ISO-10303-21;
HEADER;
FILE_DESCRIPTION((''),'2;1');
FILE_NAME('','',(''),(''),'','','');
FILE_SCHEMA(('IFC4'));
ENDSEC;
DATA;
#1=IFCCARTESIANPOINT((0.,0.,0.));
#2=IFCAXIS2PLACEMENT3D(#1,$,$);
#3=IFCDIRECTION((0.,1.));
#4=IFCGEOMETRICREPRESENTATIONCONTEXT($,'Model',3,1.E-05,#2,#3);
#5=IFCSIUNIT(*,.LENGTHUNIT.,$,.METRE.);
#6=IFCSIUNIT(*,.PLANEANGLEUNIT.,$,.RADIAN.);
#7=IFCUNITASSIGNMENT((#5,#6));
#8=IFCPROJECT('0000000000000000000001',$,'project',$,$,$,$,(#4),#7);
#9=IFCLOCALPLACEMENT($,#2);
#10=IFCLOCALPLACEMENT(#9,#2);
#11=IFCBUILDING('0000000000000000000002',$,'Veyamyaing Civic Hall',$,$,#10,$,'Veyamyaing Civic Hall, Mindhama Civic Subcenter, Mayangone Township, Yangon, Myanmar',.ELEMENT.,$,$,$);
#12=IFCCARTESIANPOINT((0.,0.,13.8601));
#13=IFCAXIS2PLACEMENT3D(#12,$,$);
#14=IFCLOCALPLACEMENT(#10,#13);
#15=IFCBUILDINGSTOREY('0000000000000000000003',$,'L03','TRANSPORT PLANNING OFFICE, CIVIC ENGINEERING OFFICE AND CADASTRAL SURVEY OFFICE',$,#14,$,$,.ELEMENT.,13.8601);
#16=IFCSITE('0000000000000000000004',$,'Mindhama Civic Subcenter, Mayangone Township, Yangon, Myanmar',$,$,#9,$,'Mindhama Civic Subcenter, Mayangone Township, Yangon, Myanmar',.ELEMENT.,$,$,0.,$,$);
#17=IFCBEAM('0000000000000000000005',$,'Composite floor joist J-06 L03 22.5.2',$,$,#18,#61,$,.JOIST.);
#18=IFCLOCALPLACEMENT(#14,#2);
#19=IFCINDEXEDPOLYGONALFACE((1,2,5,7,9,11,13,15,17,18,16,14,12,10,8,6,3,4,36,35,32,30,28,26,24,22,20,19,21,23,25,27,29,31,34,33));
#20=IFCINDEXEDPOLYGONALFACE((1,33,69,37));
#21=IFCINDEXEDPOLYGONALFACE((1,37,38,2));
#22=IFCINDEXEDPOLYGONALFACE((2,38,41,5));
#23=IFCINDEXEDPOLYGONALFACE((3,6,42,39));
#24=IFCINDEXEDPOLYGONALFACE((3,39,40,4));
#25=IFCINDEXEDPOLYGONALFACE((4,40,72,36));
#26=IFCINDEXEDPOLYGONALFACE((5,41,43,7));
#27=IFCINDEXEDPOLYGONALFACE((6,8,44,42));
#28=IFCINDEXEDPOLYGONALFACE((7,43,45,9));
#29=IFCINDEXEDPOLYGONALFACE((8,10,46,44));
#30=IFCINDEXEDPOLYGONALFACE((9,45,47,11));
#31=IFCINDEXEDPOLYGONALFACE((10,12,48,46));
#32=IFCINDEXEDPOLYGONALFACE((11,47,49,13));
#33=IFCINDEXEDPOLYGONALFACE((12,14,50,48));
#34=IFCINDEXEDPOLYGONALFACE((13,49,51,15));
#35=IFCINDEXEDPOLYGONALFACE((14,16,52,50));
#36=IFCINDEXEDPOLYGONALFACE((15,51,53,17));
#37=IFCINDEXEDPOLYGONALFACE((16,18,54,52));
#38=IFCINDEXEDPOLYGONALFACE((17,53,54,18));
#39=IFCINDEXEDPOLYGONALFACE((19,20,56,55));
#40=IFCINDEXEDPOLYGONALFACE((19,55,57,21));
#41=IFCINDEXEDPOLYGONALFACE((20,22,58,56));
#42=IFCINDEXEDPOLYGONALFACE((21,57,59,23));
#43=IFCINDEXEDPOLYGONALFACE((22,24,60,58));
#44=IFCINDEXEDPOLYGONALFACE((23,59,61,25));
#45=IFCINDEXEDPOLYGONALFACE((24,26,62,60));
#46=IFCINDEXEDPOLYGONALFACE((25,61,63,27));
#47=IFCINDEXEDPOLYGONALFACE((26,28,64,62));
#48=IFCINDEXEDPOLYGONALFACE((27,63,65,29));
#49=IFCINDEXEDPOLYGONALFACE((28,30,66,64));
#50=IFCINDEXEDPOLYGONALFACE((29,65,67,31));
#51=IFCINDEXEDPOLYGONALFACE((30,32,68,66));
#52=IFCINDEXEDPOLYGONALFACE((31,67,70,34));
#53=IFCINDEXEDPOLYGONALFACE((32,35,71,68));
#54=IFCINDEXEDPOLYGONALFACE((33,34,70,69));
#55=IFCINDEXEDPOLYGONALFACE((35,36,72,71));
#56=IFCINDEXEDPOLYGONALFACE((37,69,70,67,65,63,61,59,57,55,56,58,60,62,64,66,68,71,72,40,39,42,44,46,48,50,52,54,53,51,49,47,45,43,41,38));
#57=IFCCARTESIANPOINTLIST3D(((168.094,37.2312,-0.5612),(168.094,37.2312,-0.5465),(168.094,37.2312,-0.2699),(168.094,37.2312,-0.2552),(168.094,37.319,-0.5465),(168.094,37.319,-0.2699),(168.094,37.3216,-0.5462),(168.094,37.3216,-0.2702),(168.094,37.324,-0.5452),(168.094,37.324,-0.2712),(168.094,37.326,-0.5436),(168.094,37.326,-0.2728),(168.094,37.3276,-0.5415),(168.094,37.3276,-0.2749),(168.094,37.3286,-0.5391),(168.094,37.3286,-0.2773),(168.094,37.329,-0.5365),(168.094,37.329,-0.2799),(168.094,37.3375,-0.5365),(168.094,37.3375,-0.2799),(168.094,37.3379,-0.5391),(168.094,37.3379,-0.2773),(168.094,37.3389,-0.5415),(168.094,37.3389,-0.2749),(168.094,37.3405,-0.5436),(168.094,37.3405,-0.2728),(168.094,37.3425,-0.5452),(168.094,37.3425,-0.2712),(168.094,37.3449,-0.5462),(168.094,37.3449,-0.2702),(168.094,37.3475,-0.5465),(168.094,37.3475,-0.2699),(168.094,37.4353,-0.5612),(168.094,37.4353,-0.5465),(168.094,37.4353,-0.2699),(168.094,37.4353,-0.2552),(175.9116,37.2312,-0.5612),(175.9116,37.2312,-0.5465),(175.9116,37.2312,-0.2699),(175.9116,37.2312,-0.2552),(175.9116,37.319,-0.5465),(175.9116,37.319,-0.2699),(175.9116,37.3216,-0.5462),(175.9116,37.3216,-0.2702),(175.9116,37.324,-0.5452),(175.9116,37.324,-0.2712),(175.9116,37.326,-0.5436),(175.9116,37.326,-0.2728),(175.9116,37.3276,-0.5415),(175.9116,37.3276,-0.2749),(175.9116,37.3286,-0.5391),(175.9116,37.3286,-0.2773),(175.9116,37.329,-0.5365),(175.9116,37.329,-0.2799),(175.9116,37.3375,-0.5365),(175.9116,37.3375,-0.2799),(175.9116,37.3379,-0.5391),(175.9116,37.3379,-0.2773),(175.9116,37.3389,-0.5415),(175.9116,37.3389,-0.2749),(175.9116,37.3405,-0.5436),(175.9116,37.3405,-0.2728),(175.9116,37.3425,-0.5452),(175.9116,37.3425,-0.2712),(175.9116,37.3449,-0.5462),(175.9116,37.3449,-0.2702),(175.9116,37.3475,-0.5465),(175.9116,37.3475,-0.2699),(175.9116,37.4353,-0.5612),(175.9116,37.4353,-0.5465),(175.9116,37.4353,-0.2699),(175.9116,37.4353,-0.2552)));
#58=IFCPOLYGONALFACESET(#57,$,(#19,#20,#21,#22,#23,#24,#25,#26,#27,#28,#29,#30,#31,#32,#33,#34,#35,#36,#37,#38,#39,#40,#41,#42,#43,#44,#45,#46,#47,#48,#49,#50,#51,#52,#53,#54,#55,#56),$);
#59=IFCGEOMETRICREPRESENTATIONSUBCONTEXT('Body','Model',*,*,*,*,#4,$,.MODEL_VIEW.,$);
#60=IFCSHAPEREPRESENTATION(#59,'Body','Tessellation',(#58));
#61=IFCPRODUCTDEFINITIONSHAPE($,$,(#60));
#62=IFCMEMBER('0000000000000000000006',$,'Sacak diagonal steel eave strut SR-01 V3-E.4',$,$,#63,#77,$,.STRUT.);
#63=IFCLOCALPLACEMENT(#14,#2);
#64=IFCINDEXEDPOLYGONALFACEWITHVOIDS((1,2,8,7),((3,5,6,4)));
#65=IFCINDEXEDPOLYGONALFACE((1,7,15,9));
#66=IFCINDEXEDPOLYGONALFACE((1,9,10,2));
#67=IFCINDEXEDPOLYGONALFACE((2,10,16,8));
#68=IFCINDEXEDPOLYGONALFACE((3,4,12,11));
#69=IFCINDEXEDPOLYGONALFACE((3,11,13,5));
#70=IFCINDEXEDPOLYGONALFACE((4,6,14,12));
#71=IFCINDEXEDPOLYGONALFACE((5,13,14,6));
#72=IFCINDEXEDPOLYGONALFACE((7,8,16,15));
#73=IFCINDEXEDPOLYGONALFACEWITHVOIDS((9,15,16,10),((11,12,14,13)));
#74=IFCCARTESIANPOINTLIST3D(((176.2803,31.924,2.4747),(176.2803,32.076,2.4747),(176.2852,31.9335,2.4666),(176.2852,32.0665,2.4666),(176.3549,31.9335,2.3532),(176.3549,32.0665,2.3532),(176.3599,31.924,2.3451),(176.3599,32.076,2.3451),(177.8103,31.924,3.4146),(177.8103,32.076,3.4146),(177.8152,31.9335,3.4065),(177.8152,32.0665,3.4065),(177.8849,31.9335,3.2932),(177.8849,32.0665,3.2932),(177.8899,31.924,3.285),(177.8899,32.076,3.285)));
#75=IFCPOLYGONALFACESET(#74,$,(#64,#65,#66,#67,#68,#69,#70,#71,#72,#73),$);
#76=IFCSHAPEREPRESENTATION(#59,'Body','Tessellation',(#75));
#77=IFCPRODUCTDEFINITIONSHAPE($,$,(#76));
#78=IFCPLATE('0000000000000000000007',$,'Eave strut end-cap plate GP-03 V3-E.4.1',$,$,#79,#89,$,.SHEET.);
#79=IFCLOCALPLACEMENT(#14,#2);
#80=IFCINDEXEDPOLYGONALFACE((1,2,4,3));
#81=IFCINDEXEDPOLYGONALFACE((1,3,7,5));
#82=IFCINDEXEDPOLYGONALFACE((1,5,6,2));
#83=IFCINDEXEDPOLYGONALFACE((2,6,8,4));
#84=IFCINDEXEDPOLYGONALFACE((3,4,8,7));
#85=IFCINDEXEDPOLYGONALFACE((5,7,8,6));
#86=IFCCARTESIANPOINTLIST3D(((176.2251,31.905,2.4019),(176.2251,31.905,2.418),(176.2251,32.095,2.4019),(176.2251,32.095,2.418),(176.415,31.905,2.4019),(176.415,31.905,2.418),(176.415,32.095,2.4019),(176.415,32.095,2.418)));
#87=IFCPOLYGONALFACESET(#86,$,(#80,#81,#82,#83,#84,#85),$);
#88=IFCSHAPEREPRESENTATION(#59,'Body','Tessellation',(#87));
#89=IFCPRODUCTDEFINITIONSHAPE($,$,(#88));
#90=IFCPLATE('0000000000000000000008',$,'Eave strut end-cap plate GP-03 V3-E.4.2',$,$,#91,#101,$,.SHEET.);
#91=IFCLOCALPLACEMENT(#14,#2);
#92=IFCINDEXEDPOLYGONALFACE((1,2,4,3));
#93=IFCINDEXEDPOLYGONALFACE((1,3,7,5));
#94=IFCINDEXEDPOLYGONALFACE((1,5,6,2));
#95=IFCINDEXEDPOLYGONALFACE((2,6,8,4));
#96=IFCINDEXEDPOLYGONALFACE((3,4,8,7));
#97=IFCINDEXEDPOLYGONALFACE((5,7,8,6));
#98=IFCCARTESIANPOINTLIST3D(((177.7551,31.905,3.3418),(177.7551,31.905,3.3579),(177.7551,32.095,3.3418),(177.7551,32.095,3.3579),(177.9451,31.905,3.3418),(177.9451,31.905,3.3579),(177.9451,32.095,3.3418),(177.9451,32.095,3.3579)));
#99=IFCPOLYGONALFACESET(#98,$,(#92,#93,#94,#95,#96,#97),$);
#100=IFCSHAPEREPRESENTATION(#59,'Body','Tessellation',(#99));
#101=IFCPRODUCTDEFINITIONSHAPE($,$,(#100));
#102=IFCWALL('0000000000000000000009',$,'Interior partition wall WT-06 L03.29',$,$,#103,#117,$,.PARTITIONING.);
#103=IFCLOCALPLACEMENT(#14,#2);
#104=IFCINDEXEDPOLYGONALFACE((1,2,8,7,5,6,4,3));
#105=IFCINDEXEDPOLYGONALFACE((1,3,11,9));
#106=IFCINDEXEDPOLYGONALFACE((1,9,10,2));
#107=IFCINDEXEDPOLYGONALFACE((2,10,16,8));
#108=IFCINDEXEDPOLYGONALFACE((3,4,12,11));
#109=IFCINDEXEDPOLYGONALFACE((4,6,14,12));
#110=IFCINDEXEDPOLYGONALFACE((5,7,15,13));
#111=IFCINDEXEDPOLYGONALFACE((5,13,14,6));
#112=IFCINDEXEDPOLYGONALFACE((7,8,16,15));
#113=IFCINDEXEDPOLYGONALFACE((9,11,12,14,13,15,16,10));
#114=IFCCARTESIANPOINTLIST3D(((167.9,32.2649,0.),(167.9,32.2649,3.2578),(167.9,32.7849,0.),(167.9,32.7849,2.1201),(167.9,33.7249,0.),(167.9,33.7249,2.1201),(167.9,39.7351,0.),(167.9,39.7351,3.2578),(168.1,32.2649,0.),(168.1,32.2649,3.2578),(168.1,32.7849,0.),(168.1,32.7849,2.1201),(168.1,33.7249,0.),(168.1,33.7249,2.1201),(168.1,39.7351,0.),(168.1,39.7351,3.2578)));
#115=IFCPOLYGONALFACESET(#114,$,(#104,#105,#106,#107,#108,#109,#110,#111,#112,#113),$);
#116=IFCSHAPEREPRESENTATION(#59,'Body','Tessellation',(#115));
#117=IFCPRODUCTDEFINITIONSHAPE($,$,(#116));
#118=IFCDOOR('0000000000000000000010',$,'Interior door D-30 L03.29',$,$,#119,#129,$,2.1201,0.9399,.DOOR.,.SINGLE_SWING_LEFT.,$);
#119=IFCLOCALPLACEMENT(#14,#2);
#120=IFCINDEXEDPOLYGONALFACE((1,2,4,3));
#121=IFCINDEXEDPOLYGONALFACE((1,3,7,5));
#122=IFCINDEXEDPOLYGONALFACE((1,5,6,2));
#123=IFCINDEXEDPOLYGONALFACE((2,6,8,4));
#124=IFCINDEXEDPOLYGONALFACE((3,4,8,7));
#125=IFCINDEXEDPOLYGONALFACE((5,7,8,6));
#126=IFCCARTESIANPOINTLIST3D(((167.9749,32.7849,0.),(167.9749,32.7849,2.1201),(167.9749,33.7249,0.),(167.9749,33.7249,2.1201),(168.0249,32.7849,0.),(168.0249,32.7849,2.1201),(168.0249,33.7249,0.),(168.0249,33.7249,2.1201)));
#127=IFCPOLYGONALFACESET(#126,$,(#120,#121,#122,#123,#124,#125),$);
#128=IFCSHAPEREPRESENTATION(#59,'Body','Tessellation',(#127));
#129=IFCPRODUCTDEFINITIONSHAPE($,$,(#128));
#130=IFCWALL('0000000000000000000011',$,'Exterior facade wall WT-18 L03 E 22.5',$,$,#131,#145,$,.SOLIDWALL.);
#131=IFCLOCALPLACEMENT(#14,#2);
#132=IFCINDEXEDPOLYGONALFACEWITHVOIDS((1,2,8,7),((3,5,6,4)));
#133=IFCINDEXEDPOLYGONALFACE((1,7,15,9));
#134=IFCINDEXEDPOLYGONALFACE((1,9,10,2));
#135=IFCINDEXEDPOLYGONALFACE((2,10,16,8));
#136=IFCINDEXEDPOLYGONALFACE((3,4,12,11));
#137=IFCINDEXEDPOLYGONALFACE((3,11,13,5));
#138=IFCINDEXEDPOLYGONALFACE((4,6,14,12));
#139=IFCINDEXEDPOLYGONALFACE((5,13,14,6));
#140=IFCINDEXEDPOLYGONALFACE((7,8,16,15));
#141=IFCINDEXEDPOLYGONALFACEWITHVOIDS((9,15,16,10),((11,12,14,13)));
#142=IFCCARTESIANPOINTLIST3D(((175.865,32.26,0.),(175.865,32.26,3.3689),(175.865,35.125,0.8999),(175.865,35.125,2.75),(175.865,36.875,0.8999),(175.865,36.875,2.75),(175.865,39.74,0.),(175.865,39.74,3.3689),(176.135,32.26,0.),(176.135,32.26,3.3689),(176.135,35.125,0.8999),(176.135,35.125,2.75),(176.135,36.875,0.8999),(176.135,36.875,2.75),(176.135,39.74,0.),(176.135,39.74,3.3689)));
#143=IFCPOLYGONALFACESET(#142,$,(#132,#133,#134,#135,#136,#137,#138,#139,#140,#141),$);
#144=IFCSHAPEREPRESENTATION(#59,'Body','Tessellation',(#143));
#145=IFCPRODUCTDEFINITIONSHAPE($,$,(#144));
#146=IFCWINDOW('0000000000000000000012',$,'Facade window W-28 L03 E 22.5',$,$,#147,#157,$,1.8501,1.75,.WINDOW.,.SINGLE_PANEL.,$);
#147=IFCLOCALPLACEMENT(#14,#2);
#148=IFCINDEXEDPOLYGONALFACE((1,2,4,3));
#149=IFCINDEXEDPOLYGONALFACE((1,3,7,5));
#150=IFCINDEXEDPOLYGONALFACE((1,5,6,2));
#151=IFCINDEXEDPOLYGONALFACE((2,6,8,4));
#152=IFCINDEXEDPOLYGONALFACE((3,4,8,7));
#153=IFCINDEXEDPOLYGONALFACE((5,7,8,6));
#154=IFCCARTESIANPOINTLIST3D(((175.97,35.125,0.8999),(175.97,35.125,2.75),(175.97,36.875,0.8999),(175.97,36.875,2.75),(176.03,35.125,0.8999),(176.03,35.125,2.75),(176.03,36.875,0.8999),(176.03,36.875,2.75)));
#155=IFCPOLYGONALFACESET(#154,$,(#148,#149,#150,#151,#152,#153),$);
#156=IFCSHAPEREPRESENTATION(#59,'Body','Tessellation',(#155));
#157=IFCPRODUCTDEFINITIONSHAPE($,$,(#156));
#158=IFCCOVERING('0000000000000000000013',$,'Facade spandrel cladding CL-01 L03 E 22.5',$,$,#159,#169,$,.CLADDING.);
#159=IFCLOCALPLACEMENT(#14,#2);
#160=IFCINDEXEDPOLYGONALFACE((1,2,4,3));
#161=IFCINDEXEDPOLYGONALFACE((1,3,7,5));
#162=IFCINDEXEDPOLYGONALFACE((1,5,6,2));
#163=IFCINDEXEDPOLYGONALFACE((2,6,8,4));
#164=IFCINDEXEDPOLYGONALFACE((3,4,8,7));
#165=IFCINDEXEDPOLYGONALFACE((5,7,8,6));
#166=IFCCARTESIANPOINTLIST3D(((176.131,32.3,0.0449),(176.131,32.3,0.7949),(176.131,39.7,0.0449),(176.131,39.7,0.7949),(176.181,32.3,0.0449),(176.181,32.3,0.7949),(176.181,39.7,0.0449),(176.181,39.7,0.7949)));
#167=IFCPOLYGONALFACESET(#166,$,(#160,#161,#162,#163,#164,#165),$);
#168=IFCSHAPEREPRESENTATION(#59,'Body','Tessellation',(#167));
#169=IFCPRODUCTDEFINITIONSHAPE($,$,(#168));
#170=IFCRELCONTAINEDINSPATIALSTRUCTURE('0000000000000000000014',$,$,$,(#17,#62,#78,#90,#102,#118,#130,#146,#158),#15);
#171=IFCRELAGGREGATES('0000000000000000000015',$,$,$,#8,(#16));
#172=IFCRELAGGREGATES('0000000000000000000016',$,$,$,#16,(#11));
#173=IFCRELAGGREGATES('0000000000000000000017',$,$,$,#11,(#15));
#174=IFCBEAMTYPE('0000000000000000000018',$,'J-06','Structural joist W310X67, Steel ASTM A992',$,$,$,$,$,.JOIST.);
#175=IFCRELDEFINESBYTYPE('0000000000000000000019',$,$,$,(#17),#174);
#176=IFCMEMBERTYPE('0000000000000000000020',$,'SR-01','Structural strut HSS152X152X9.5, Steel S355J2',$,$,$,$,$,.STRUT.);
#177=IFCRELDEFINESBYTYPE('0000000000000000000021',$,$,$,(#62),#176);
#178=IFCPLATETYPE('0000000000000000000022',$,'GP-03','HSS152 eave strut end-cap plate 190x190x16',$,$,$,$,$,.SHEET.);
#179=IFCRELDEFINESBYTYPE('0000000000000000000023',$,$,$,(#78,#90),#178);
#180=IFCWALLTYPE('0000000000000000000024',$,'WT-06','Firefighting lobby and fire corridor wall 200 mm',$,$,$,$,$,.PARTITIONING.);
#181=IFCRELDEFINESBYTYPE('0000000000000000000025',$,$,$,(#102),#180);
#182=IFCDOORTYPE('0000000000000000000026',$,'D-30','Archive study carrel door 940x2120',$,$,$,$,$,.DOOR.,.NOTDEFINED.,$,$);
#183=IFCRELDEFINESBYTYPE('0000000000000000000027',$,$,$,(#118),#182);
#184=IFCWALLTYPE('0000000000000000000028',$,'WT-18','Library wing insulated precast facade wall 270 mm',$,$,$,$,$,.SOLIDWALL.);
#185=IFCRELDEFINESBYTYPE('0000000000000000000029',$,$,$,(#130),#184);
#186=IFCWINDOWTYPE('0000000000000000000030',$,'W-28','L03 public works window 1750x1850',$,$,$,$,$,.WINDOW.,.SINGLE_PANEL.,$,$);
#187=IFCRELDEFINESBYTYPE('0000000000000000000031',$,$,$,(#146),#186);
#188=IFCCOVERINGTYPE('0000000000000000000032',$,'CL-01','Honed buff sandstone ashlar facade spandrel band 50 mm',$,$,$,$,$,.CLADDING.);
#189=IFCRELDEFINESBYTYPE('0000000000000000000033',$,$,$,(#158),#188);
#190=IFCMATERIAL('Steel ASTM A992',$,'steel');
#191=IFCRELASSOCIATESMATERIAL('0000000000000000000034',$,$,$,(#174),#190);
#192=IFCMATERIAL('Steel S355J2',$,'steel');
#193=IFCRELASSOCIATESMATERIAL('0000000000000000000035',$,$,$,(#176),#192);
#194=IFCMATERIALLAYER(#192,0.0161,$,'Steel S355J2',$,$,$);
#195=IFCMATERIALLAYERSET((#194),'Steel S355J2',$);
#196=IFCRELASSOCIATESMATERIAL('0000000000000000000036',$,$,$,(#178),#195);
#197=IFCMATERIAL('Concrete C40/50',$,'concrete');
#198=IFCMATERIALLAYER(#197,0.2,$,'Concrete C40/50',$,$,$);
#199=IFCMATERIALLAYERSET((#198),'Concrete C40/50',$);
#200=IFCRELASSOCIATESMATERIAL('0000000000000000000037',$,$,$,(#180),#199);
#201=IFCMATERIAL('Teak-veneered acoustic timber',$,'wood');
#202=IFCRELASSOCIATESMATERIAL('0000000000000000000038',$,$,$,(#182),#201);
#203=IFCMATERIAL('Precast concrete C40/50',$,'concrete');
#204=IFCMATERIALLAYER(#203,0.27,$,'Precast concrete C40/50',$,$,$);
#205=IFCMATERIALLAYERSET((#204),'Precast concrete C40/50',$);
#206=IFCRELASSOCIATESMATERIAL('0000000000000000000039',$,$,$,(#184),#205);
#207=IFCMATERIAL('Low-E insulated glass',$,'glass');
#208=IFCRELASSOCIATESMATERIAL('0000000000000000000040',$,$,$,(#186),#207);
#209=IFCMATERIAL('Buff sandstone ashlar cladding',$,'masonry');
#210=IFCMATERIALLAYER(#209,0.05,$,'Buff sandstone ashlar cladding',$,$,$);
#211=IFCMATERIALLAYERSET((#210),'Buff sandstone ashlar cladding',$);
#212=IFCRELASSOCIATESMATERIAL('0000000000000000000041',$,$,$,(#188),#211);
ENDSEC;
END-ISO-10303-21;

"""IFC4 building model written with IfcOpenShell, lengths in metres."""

from ifc_helpers import new_model, si_unit, direction, frame, frame_2d, origin, origin_2d, place, context, subcontext, project, spatial, rectangle, hollow_rectangle, i_section, extrude, material, layer, layer_set, material_profile, profile_set, type_object, element, fill, save


model = new_model("IFC4")

# Units and contexts
model_context = context("Model", 3, precision=1e-05, world=origin(), true_north=direction((0.0, 1.0)))
body_context = subcontext(model_context, "Body", "Model", "MODEL_VIEW")
ifc_project = project(units=[si_unit("LENGTHUNIT", "METRE"), si_unit("PLANEANGLEUNIT", "RADIAN")], contexts=[model_context])

# Site, building, storey
site_placement = place(None, origin())
site = spatial("IfcSite", under=ifc_project, at=site_placement, Name="Mindhama Civic Subcenter, Mayangone Township, Yangon, Myanmar", LongName="Mindhama Civic Subcenter, Mayangone Township, Yangon, Myanmar", CompositionType="ELEMENT", RefElevation=0.0)
building_placement = place(site_placement, origin())
building = spatial("IfcBuilding", under=site, at=building_placement, Name="Veyamyaing Civic Hall", LongName="Veyamyaing Civic Hall, Mindhama Civic Subcenter, Mayangone Township, Yangon, Myanmar", CompositionType="ELEMENT")
storey_placement = place(building_placement, frame((0.0, 0.0, 13.8601)))
storey = spatial("IfcBuildingStorey", under=building, at=storey_placement, Name="L03", Description="TRANSPORT PLANNING OFFICE, CIVIC ENGINEERING OFFICE AND CADASTRAL SURVEY OFFICE", CompositionType="ELEMENT", Elevation=13.8601)

# Beam
ifc_material_1 = material(Name="Steel ASTM A992", Category="steel")
ifc_material_profile_1 = material_profile(ifc_material_1, i_section(OverallWidth=0.2041, OverallDepth=0.3059, WebThickness=0.0085, FlangeThickness=0.0146, FilletRadius=0.01, at=origin_2d()), Name="W310X67")
ifc_profile_set_1 = profile_set([ifc_material_profile_1], Name="Steel ASTM A992")
beam_type_1 = type_object("IfcBeamType", Name="J-06", Description="Structural joist W310X67, Steel ASTM A992", PredefinedType="JOIST", material=ifc_profile_set_1)
for number, where, z_axis, x_axis, name in (
    (1, (168.094, 37.3333, -0.4082), (1.0, 0.0, 0.0), (0.0, 1.0, 0.0), "Composite floor joist J-06 L03 22.5.2"),
):
    element("IfcBeam", number, at=place(storey_placement, frame(where, z_axis=z_axis, x_axis=x_axis)), inside=storey, type_object=beam_type_1, Name=name, PredefinedType="JOIST", context=body_context, shape_type="SweptSolid", body=[
        extrude(i_section(OverallWidth=0.2041, OverallDepth=0.3059, WebThickness=0.0085, FlangeThickness=0.0146, FilletRadius=0.01, at=origin_2d()), origin(), (0.0, 0.0, 1.0), 7.8176),
    ])

# Member
ifc_material_2 = material(Name="Steel S355J2", Category="steel")
ifc_material_profile_2 = material_profile(ifc_material_2, hollow_rectangle(XDim=0.1521, YDim=0.1521, WallThickness=0.0095, at=origin_2d()), Name="HSS152X152X9.5")
ifc_profile_set_2 = profile_set([ifc_material_profile_2], Name="Steel S355J2")
member_type = type_object("IfcMemberType", Name="SR-01", Description="Structural strut HSS152X152X9.5, Steel S355J2", PredefinedType="STRUT", material=ifc_profile_set_2)
member_placement = place(storey_placement, frame((176.3201, 32.0, 2.4099), z_axis=(0.85206, 0.0, 0.523445), x_axis=(0.0, 1.0, 0.0)))
element("IfcMember", 2, at=member_placement, inside=storey, type_object=member_type, Name="Sacak diagonal steel eave strut SR-01 V3-E.4", PredefinedType="STRUT", context=body_context, shape_type="SweptSolid", body=[
    extrude(hollow_rectangle(XDim=0.1521, YDim=0.1521, WallThickness=0.0095, at=origin_2d()), origin(), (0.0, 0.0, 1.0), 1.7957),
])

# Plates
ifc_layer_1 = layer(ifc_material_2, 0.0161, Name="Steel S355J2")
ifc_layer_set_1 = layer_set([ifc_layer_1], Name="Steel S355J2")
plate_type = type_object("IfcPlateType", Name="GP-03", Description="HSS152 eave strut end-cap plate 190x190x16", PredefinedType="SHEET", material=ifc_layer_set_1)
for number, where, z_axis, x_axis, name in (
    (3, (176.3201, 32.0, 2.4019), (0.0, 0.0, 1.0), (1.0, 0.0, 0.0), "Eave strut end-cap plate GP-03 V3-E.4.1"),
    (4, (177.8501, 32.0, 3.3418), (0.0, 0.0, 1.0), (1.0, 0.0, 0.0), "Eave strut end-cap plate GP-03 V3-E.4.2"),
):
    element("IfcPlate", number, at=place(storey_placement, frame(where, z_axis=z_axis, x_axis=x_axis)), inside=storey, type_object=plate_type, Name=name, PredefinedType="SHEET", context=body_context, shape_type="SweptSolid", body=[
        extrude(rectangle(XDim=0.1899, YDim=0.1899, at=origin_2d()), origin(), (0.0, 0.0, 1.0), 0.0161),
    ])

# Wall, opening, door
ifc_material_3 = material(Name="Concrete C40/50", Category="concrete")
ifc_layer_2 = layer(ifc_material_3, 0.2, Name="Concrete C40/50")
ifc_layer_set_2 = layer_set([ifc_layer_2], Name="Concrete C40/50")
wall_type_1 = type_object("IfcWallType", Name="WT-06", Description="Firefighting lobby and fire corridor wall 200 mm", PredefinedType="PARTITIONING", material=ifc_layer_set_2)
wall_1_placement = place(storey_placement, frame((168.0, 32.2649, 0.0), z_axis=(0.0, 0.0, 1.0), x_axis=(0.0, 1.0, 0.0)))
wall_1 = element("IfcWall", 5, at=wall_1_placement, inside=storey, type_object=wall_type_1, Name="Interior partition wall WT-06 L03.29", PredefinedType="PARTITIONING", context=body_context, shape_type="SweptSolid", body=[
    extrude(rectangle(XDim=7.4702, YDim=0.2, at=frame_2d((3.7351, 0.0))), origin(), (0.0, 0.0, 1.0), 3.2578),
])
opening_1_placement = place(wall_1_placement, frame((0.52, 0.0, 0.0)))
opening_1 = element("IfcOpeningElement", 6, at=opening_1_placement, cuts=wall_1, PredefinedType="OPENING", context=body_context, shape_type="SweptSolid", body=[
    extrude(rectangle(XDim=0.9399, YDim=2.1201, at=frame_2d((0.47, 1.0601))), frame((0.0, 0.1099, 0.0), z_axis=(0.0, -1.0, 0.0), x_axis=(1.0, 0.0, 0.0)), (0.0, 0.0, 1.0), 0.22),
])
ifc_material_4 = material(Name="Teak-veneered acoustic timber", Category="wood")
door_type = type_object("IfcDoorType", Name="D-30", Description="Archive study carrel door 940x2120", OperationType="NOTDEFINED", PredefinedType="DOOR", material=ifc_material_4)
door_placement = place(opening_1_placement, frame((0.9399, 0.0, 0.0), z_axis=(0.0, 0.0, 1.0), x_axis=(-1.0, 0.0, 0.0)))
door = element("IfcDoor", 7, at=door_placement, inside=storey, type_object=door_type, Name="Interior door D-30 L03.29", OperationType="SINGLE_SWING_LEFT", OverallHeight=2.1201, OverallWidth=0.9399, PredefinedType="DOOR", context=body_context, shape_type="SweptSolid", body=[
    extrude(rectangle(XDim=0.9399, YDim=2.1201, at=frame_2d((0.47, 1.0601))), frame((0.0, 0.0249, 0.0), z_axis=(0.0, -1.0, 0.0), x_axis=(1.0, 0.0, 0.0)), (0.0, 0.0, 1.0), 0.05),
])
fill(opening_1, door)

# Wall, opening, window
ifc_material_5 = material(Name="Precast concrete C40/50", Category="concrete")
ifc_layer_3 = layer(ifc_material_5, 0.27, Name="Precast concrete C40/50")
ifc_layer_set_3 = layer_set([ifc_layer_3], Name="Precast concrete C40/50")
wall_type_2 = type_object("IfcWallType", Name="WT-18", Description="Library wing insulated precast facade wall 270 mm", PredefinedType="SOLIDWALL", material=ifc_layer_set_3)
wall_2_placement = place(storey_placement, frame((176.0, 32.26, 0.0), z_axis=(0.0, 0.0, 1.0), x_axis=(0.0, 1.0, 0.0)))
wall_2 = element("IfcWall", 8, at=wall_2_placement, inside=storey, type_object=wall_type_2, Name="Exterior facade wall WT-18 L03 E 22.5", PredefinedType="SOLIDWALL", context=body_context, shape_type="SweptSolid", body=[
    extrude(rectangle(XDim=7.48, YDim=0.27, at=frame_2d((3.74, 0.0))), origin(), (0.0, 0.0, 1.0), 3.3689),
])
opening_2_placement = place(wall_2_placement, frame((2.865, 0.0, 0.8999)))
opening_2 = element("IfcOpeningElement", 9, at=opening_2_placement, cuts=wall_2, PredefinedType="OPENING", context=body_context, shape_type="SweptSolid", body=[
    extrude(rectangle(XDim=1.75, YDim=1.8501, at=frame_2d((0.875, 0.925))), frame((0.0, 0.145, 0.0), z_axis=(0.0, -1.0, 0.0), x_axis=(1.0, 0.0, 0.0)), (0.0, 0.0, 1.0), 0.29),
])
ifc_material_6 = material(Name="Low-E insulated glass", Category="glass")
window_type = type_object("IfcWindowType", Name="W-28", Description="L03 public works window 1750x1850", PartitioningType="SINGLE_PANEL", PredefinedType="WINDOW", material=ifc_material_6)
window_placement = place(opening_2_placement, origin())
window = element("IfcWindow", 10, at=window_placement, inside=storey, type_object=window_type, Name="Facade window W-28 L03 E 22.5", OverallHeight=1.8501, OverallWidth=1.75, PartitioningType="SINGLE_PANEL", PredefinedType="WINDOW", context=body_context, shape_type="SweptSolid", body=[
    extrude(rectangle(XDim=1.75, YDim=1.8501, at=frame_2d((0.875, 0.925))), frame((0.0, 0.03, 0.0), z_axis=(0.0, -1.0, 0.0), x_axis=(1.0, 0.0, 0.0)), (0.0, 0.0, 1.0), 0.0601),
])
fill(opening_2, window)

# Covering
ifc_material_7 = material(Name="Buff sandstone ashlar cladding", Category="masonry")
ifc_layer_4 = layer(ifc_material_7, 0.05, Name="Buff sandstone ashlar cladding")
ifc_layer_set_4 = layer_set([ifc_layer_4], Name="Buff sandstone ashlar cladding")
covering_type_1 = type_object("IfcCoveringType", Name="CL-01", Description="Honed buff sandstone ashlar facade spandrel band 50 mm", PredefinedType="CLADDING", material=ifc_layer_set_4)
covering_placement = place(storey_placement, frame((176.156, 36.0, 0.0449), z_axis=(0.0, 0.0, 1.0), x_axis=(0.0, 1.0, 0.0)))
element("IfcCovering", 11, at=covering_placement, inside=storey, type_object=covering_type_1, Name="Facade spandrel cladding CL-01 L03 E 22.5", PredefinedType="CLADDING", context=body_context, shape_type="SweptSolid", body=[
    extrude(rectangle(XDim=7.3999, YDim=0.05, at=origin_2d()), origin(), (0.0, 0.0, 1.0), 0.75),
])

save(model, "model.ifc")
